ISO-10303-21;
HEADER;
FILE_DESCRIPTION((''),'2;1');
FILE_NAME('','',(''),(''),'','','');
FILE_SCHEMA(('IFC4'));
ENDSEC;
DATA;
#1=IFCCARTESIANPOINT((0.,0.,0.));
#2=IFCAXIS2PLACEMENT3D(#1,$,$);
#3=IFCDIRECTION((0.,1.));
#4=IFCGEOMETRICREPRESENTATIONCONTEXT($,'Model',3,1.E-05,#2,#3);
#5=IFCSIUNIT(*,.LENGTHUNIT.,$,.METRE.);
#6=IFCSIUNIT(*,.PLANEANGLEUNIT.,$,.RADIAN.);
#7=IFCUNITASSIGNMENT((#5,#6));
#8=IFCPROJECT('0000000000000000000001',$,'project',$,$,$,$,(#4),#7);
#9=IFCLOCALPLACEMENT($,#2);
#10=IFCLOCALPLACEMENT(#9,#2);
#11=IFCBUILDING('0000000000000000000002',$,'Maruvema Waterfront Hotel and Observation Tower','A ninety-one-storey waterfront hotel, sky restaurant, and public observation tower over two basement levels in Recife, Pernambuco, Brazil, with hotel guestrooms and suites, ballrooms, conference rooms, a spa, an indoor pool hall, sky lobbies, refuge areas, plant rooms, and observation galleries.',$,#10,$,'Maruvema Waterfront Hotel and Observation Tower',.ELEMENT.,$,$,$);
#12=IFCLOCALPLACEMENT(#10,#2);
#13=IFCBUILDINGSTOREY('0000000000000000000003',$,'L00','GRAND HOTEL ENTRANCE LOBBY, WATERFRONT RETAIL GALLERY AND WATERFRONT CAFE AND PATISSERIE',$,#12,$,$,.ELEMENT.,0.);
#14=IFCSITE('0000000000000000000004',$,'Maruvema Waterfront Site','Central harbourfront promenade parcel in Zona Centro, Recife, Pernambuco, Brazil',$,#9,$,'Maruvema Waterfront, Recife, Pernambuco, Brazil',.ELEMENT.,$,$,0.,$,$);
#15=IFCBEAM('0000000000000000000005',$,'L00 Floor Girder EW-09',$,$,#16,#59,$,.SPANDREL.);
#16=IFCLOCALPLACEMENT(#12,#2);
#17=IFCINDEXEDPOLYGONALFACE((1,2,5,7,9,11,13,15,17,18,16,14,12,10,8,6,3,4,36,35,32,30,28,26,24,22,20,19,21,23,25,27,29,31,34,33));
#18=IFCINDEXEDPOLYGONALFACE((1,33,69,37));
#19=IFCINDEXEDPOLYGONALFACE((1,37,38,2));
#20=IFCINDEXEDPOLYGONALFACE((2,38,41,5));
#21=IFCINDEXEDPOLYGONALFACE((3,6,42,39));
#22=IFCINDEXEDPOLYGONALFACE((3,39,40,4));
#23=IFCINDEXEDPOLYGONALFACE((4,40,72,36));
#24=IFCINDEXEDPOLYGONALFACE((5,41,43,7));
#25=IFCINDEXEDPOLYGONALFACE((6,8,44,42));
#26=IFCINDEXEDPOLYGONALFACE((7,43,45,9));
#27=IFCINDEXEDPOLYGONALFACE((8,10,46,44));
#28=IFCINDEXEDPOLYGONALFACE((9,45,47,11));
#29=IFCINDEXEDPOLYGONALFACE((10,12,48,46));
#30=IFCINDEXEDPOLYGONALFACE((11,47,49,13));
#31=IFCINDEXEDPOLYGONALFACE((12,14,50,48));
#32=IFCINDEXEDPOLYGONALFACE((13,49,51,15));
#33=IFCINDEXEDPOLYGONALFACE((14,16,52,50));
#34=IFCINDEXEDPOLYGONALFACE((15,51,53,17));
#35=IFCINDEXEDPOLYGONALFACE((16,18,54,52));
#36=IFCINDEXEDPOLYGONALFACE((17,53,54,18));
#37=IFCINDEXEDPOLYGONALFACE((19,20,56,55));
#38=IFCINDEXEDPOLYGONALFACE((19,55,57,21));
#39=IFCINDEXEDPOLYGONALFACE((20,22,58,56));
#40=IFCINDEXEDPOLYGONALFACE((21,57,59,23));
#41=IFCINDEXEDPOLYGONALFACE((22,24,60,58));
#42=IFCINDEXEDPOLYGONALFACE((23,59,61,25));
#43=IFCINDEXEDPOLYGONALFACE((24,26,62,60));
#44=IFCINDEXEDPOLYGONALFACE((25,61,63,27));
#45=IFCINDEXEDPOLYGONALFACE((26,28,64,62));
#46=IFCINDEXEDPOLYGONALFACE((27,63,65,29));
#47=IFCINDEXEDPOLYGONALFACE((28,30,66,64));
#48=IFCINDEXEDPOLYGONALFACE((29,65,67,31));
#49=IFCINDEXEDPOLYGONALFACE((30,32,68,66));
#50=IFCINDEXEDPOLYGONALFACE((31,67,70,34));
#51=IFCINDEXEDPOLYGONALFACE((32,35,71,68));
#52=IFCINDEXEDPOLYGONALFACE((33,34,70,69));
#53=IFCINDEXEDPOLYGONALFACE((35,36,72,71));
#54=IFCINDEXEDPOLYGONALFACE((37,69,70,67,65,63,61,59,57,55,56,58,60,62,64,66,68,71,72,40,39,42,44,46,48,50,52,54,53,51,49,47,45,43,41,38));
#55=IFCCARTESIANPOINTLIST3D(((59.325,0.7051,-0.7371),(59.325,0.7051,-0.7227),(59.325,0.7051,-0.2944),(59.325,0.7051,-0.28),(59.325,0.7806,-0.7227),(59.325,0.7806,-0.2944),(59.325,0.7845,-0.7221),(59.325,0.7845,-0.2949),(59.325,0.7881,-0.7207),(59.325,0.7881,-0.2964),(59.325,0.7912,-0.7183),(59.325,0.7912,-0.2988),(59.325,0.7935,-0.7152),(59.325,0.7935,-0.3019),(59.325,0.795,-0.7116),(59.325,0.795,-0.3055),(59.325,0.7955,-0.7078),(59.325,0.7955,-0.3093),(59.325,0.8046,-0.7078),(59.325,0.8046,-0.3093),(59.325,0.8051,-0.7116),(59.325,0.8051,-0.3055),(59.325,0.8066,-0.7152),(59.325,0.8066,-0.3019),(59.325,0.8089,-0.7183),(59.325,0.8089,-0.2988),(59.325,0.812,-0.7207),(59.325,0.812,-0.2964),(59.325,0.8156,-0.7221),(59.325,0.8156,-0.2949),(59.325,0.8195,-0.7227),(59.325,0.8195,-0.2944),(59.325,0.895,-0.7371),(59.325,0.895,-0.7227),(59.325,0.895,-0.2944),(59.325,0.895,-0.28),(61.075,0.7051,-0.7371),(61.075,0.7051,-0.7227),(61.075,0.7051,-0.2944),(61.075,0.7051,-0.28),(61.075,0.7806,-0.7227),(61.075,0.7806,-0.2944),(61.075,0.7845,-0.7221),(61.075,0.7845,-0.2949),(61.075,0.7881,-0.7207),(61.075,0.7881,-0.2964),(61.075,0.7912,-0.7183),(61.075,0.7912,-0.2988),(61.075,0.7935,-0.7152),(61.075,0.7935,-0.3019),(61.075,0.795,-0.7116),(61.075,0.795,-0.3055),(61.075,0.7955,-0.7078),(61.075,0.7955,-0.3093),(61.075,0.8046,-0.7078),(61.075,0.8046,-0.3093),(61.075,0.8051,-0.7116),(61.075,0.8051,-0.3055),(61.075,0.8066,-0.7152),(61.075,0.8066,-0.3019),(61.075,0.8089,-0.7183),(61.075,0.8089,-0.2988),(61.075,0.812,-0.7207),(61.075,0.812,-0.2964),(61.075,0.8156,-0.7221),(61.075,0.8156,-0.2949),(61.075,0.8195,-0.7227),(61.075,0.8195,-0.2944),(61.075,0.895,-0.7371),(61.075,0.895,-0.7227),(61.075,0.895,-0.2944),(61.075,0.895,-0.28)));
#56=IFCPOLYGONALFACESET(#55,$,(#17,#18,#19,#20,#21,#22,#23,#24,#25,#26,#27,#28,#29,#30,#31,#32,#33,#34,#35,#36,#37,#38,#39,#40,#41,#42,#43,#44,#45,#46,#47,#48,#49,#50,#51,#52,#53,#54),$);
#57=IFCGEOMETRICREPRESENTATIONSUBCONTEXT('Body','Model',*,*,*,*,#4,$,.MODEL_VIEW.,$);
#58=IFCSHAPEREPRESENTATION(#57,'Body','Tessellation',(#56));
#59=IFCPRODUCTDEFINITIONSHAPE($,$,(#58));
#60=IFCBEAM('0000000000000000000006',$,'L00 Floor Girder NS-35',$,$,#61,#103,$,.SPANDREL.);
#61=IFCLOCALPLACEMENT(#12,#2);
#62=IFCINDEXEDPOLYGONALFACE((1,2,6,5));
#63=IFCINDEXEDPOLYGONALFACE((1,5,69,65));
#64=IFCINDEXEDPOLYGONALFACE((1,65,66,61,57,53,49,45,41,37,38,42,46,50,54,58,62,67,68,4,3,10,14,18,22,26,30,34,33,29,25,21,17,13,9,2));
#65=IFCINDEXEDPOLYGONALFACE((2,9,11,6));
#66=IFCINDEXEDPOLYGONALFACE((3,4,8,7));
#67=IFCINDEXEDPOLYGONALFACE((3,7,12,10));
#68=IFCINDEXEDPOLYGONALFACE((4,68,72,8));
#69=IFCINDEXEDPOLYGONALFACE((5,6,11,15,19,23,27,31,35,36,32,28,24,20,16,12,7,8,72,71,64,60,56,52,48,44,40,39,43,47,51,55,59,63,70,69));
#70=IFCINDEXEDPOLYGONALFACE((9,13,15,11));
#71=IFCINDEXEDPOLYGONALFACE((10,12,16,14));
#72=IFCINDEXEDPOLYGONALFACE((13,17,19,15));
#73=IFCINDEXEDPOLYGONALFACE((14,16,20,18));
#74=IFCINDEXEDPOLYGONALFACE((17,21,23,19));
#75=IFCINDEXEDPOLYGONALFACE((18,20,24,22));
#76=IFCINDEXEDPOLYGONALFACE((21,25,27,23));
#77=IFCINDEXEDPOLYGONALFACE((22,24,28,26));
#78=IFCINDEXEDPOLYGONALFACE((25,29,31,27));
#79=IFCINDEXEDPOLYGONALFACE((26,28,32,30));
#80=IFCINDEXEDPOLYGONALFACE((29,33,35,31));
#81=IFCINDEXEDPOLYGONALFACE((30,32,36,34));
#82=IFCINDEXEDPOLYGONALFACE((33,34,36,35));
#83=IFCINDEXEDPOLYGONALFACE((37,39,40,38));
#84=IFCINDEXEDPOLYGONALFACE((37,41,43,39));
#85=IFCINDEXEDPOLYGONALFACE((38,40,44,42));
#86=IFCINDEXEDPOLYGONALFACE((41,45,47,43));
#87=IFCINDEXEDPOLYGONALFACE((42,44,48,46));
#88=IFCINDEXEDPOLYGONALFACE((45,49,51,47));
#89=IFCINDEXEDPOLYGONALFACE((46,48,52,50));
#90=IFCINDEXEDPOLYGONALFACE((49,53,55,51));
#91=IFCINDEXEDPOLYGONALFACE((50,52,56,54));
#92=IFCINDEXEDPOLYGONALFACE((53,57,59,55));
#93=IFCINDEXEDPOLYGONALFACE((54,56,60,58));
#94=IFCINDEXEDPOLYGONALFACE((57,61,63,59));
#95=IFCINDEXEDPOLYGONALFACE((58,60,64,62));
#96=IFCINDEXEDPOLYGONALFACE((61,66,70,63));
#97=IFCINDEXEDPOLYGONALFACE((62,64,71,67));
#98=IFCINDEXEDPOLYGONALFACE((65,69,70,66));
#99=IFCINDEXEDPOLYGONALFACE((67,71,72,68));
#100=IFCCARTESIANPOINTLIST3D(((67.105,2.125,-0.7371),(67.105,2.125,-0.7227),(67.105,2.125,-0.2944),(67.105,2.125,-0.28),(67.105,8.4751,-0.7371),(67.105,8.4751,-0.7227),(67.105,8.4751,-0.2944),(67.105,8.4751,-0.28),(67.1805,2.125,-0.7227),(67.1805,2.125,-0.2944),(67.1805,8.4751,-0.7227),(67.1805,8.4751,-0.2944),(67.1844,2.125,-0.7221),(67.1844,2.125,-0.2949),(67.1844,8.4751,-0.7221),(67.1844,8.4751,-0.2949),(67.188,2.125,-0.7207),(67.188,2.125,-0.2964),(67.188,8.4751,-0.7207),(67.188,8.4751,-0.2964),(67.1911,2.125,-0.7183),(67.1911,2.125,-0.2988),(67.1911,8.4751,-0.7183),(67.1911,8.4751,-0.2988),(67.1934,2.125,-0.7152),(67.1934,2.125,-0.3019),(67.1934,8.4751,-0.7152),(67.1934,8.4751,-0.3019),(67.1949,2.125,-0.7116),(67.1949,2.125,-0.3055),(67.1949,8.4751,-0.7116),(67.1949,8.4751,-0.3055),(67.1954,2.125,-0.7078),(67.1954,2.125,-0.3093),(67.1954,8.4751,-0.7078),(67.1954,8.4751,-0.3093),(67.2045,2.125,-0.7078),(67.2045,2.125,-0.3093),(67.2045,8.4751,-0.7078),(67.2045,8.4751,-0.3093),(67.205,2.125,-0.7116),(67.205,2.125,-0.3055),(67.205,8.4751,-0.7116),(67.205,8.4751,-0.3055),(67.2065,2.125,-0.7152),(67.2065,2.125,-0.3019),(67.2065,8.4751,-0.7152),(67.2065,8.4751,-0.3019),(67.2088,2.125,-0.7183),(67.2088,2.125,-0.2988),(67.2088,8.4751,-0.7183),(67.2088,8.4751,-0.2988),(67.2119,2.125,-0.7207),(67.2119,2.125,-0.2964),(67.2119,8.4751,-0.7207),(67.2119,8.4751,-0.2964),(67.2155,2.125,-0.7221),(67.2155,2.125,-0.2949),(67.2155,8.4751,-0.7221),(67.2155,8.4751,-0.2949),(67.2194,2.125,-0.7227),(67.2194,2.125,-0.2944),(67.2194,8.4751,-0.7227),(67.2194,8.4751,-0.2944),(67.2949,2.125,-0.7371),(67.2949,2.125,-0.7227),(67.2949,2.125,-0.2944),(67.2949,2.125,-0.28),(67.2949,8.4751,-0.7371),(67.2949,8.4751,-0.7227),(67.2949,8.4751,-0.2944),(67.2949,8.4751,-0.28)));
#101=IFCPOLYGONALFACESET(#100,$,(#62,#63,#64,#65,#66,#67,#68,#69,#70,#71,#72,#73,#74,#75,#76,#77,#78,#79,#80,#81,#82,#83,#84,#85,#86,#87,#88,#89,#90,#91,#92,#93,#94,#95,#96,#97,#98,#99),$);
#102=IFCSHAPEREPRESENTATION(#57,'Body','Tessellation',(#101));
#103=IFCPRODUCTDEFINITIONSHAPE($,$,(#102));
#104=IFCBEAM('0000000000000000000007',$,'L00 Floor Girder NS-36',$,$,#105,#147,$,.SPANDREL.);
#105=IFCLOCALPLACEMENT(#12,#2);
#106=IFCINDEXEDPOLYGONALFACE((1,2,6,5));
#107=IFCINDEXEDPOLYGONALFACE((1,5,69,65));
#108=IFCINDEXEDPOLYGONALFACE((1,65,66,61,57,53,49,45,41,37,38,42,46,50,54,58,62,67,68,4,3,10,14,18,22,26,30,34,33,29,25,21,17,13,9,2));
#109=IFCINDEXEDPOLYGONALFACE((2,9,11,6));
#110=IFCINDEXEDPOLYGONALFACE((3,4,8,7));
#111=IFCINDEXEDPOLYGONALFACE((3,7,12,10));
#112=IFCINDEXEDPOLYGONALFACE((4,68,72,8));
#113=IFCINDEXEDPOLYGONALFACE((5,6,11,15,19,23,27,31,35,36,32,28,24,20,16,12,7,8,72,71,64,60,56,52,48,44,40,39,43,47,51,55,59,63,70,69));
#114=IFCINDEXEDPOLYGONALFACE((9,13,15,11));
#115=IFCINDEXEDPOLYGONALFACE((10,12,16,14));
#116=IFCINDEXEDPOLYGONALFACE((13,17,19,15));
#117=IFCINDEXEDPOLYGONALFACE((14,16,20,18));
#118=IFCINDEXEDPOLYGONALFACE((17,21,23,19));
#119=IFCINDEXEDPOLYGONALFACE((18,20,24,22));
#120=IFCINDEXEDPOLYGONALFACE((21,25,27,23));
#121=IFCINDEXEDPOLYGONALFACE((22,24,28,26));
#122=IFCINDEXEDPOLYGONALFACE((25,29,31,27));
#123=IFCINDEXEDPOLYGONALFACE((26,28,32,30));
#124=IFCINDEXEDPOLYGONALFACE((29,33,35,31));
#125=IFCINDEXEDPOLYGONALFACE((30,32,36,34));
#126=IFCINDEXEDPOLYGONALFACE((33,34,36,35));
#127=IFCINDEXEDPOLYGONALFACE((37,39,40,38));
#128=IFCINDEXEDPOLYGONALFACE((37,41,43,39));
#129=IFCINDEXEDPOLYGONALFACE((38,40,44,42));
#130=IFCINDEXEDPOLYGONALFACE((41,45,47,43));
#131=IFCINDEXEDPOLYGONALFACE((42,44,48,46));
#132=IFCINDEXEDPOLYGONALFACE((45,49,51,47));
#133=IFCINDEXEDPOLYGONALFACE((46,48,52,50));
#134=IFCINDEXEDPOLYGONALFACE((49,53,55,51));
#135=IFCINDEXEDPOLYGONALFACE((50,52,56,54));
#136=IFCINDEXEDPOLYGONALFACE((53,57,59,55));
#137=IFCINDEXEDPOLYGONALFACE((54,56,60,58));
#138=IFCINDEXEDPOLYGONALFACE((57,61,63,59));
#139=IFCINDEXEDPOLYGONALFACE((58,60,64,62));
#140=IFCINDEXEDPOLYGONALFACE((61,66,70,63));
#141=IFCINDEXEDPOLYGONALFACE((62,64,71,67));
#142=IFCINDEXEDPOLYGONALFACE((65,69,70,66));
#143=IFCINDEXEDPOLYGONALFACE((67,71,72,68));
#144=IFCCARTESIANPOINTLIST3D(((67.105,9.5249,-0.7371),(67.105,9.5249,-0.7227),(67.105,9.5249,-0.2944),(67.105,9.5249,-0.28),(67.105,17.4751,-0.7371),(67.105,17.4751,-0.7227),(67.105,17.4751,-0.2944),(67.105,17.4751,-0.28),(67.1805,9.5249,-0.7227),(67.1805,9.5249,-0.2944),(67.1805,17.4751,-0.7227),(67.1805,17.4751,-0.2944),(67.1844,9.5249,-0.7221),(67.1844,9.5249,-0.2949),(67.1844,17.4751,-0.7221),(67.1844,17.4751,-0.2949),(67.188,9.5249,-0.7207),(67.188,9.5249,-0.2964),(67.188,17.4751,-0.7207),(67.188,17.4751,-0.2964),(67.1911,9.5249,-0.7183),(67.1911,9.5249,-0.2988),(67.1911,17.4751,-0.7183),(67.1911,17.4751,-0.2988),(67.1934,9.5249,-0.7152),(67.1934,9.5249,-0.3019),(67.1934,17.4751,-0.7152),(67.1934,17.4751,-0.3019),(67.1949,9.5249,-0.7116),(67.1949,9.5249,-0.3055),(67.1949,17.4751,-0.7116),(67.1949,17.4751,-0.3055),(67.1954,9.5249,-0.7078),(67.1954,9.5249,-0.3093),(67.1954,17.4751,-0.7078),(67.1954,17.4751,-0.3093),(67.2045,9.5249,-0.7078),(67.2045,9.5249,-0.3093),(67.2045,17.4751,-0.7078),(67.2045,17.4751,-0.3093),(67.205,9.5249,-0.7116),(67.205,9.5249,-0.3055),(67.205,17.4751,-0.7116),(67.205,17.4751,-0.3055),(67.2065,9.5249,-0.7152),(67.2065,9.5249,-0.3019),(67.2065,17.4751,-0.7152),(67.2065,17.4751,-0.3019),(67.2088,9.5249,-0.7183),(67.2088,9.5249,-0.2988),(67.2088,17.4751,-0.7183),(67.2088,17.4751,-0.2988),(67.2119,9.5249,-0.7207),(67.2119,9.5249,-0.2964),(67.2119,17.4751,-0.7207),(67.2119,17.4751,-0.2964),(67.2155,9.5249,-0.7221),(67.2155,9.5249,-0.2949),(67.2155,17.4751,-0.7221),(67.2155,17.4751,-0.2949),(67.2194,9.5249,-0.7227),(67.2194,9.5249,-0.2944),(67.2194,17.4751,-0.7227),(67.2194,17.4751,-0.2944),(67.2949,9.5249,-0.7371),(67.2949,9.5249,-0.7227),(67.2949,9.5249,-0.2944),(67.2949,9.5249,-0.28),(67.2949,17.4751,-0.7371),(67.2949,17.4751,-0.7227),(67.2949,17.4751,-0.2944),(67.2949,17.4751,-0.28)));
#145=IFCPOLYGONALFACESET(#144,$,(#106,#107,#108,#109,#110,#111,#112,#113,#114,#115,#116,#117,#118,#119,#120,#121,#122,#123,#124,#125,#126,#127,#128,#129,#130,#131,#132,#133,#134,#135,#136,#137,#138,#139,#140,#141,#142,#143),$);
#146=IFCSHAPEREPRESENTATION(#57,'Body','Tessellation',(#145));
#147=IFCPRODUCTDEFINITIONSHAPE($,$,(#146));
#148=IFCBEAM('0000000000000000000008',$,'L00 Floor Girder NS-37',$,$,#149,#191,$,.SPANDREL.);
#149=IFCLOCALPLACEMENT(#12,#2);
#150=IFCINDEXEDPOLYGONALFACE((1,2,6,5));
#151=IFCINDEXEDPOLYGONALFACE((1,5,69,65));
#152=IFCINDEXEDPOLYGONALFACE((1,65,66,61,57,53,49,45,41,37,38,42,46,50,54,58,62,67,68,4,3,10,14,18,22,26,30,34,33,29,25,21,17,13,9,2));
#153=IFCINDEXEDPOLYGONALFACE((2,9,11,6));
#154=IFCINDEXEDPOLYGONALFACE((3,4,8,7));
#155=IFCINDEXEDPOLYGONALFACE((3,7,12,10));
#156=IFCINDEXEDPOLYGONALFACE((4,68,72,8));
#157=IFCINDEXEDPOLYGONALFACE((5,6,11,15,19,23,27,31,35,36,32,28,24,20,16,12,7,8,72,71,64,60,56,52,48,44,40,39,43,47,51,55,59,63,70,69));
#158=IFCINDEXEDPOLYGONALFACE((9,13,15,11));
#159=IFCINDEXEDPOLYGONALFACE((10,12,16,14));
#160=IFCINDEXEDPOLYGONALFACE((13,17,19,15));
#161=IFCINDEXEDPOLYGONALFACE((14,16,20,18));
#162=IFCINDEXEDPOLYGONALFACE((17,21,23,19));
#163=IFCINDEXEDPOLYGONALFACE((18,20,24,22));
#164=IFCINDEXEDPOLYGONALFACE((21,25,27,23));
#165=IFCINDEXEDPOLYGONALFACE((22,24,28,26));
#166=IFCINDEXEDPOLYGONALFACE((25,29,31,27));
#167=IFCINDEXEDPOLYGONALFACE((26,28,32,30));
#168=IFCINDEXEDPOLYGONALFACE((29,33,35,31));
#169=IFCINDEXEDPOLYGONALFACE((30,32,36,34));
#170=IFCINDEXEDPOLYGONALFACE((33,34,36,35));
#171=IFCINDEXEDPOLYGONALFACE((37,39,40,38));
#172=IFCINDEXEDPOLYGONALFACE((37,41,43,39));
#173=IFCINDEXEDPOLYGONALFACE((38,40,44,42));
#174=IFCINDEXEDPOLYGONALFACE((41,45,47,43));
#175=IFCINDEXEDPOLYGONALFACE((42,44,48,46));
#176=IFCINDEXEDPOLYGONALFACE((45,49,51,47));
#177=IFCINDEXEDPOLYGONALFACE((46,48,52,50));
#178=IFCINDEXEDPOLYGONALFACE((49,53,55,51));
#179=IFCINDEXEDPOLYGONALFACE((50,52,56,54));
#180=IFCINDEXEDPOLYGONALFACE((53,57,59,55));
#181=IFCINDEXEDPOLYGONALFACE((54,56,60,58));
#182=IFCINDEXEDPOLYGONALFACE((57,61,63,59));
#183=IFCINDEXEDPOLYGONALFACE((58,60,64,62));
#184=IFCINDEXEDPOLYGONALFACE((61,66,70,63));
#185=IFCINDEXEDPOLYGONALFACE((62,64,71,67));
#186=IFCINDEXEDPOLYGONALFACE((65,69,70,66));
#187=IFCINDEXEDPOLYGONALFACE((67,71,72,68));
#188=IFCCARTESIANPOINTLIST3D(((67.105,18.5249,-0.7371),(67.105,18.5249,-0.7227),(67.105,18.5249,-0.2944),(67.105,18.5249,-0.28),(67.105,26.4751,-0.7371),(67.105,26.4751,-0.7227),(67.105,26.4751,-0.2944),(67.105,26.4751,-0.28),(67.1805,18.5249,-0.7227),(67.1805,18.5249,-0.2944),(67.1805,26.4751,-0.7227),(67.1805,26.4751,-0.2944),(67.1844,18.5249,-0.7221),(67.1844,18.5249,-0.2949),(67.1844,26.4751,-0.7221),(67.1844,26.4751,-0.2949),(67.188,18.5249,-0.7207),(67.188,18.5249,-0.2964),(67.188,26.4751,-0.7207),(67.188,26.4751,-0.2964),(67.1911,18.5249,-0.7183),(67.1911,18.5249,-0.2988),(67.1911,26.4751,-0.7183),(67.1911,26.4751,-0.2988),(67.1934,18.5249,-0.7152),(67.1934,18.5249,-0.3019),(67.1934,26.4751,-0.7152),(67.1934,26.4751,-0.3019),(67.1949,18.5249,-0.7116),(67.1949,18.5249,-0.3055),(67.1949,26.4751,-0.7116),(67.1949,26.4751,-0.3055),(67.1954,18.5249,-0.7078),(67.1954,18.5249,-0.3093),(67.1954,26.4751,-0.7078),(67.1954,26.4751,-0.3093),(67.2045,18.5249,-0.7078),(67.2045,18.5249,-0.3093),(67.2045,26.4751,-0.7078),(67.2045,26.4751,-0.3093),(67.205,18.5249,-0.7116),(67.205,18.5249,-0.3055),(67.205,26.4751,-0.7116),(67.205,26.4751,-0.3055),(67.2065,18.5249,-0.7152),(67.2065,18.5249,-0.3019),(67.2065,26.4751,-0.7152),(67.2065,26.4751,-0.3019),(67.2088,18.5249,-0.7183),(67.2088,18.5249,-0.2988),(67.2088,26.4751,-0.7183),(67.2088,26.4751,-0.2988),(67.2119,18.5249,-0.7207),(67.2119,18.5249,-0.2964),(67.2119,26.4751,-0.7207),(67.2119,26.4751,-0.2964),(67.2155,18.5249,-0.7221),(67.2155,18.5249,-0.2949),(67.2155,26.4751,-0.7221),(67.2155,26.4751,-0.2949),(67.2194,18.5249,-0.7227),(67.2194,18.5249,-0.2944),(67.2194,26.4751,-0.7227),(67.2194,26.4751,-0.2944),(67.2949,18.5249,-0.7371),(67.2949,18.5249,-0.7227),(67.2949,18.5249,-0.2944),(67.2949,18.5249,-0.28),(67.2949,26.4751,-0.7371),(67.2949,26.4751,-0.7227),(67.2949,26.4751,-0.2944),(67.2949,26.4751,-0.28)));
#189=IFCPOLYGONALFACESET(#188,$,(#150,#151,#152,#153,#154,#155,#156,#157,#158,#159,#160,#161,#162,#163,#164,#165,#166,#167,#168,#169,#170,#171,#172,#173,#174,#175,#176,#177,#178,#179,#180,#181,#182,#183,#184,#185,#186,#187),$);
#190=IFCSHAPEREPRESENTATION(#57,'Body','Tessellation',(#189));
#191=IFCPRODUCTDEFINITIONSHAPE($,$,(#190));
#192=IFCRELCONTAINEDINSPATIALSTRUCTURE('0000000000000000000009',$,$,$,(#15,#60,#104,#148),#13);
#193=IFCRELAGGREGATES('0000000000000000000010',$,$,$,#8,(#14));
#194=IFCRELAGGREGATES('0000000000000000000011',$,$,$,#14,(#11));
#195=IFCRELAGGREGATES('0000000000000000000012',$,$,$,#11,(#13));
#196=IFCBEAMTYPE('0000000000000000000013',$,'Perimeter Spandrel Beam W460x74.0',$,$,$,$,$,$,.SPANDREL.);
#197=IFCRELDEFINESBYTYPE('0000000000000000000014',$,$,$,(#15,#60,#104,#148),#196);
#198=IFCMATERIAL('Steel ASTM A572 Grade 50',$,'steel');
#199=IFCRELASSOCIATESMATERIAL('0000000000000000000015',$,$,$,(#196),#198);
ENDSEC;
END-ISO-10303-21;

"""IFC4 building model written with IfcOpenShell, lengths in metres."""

from ifc_helpers import new_model, si_unit, direction, frame, origin, origin_2d, place, context, subcontext, project, spatial, i_section, extrude, material, material_profile, profile_set, type_object, element, save


model = new_model("IFC4")

# Units and contexts
model_context = context("Model", 3, precision=1e-05, world=origin(), true_north=direction((0.0, 1.0)))
body_context = subcontext(model_context, "Body", "Model", "MODEL_VIEW")
ifc_project = project(units=[si_unit("LENGTHUNIT", "METRE"), si_unit("PLANEANGLEUNIT", "RADIAN")], contexts=[model_context])

# Site, building, storey
site_placement = place(None, origin())
site = spatial("IfcSite", under=ifc_project, at=site_placement, Name="Maruvema Waterfront Site", Description="Central harbourfront promenade parcel in Zona Centro, Recife, Pernambuco, Brazil", LongName="Maruvema Waterfront, Recife, Pernambuco, Brazil", CompositionType="ELEMENT", RefElevation=0.0)
building_placement = place(site_placement, origin())
building = spatial("IfcBuilding", under=site, at=building_placement, Name="Maruvema Waterfront Hotel and Observation Tower", Description="A ninety-one-storey waterfront hotel, sky restaurant, and public observation tower over two basement levels in Recife, Pernambuco, Brazil, with hotel guestrooms and suites, ballrooms, conference rooms, a spa, an indoor pool hall, sky lobbies, refuge areas, plant rooms, and observation galleries.", LongName="Maruvema Waterfront Hotel and Observation Tower", CompositionType="ELEMENT")
storey_placement = place(building_placement, origin())
storey = spatial("IfcBuildingStorey", under=building, at=storey_placement, Name="L00", Description="GRAND HOTEL ENTRANCE LOBBY, WATERFRONT RETAIL GALLERY AND WATERFRONT CAFE AND PATISSERIE", CompositionType="ELEMENT", Elevation=0.0)

# Beams
ifc_material_1 = material(Name="Steel ASTM A572 Grade 50", Category="steel")
ifc_material_profile_1 = material_profile(ifc_material_1, i_section(OverallWidth=0.1899, OverallDepth=0.457, WebThickness=0.009, FlangeThickness=0.0144, FilletRadius=0.0149, at=origin_2d()), Name="W460x74.0")
ifc_profile_set_1 = profile_set([ifc_material_profile_1], Name="Steel ASTM A572 Grade 50")
beam_type_1 = type_object("IfcBeamType", Name="Perimeter Spandrel Beam W460x74.0", PredefinedType="SPANDREL", material=ifc_profile_set_1)
beam_1_placement = place(storey_placement, frame((59.325, 0.8, -0.5085), z_axis=(1.0, 0.0, 0.0), x_axis=(0.0, 1.0, 0.0)))
element("IfcBeam", 1, at=beam_1_placement, inside=storey, type_object=beam_type_1, Name="L00 Floor Girder EW-09", PredefinedType="SPANDREL", context=body_context, shape_type="SweptSolid", body=[
    extrude(i_section(OverallWidth=0.1899, OverallDepth=0.457, WebThickness=0.009, FlangeThickness=0.0144, FilletRadius=0.0149, at=origin_2d()), origin(), (0.0, 0.0, 1.0), 1.75),
])
beam_2_placement = place(storey_placement, frame((67.2, 2.125, -0.5085), z_axis=(0.0, 1.0, 0.0), x_axis=(-1.0, 0.0, 0.0)))
element("IfcBeam", 2, at=beam_2_placement, inside=storey, type_object=beam_type_1, Name="L00 Floor Girder NS-35", PredefinedType="SPANDREL", context=body_context, shape_type="SweptSolid", body=[
    extrude(i_section(OverallWidth=0.1899, OverallDepth=0.457, WebThickness=0.009, FlangeThickness=0.0144, FilletRadius=0.0149, at=origin_2d()), origin(), (0.0, 0.0, 1.0), 6.3501),
])
for number, where, z_axis, x_axis, name in (
    (3, (67.2, 9.5249, -0.5085), (0.0, 1.0, 0.0), (-1.0, 0.0, 0.0), "L00 Floor Girder NS-36"),
    (4, (67.2, 18.5249, -0.5085), (0.0, 1.0, 0.0), (-1.0, 0.0, 0.0), "L00 Floor Girder NS-37"),
):
    element("IfcBeam", number, at=place(storey_placement, frame(where, z_axis=z_axis, x_axis=x_axis)), inside=storey, type_object=beam_type_1, Name=name, PredefinedType="SPANDREL", context=body_context, shape_type="SweptSolid", body=[
        extrude(i_section(OverallWidth=0.1899, OverallDepth=0.457, WebThickness=0.009, FlangeThickness=0.0144, FilletRadius=0.0149, at=origin_2d()), origin(), (0.0, 0.0, 1.0), 7.9502),
    ])

save(model, "model.ifc")
